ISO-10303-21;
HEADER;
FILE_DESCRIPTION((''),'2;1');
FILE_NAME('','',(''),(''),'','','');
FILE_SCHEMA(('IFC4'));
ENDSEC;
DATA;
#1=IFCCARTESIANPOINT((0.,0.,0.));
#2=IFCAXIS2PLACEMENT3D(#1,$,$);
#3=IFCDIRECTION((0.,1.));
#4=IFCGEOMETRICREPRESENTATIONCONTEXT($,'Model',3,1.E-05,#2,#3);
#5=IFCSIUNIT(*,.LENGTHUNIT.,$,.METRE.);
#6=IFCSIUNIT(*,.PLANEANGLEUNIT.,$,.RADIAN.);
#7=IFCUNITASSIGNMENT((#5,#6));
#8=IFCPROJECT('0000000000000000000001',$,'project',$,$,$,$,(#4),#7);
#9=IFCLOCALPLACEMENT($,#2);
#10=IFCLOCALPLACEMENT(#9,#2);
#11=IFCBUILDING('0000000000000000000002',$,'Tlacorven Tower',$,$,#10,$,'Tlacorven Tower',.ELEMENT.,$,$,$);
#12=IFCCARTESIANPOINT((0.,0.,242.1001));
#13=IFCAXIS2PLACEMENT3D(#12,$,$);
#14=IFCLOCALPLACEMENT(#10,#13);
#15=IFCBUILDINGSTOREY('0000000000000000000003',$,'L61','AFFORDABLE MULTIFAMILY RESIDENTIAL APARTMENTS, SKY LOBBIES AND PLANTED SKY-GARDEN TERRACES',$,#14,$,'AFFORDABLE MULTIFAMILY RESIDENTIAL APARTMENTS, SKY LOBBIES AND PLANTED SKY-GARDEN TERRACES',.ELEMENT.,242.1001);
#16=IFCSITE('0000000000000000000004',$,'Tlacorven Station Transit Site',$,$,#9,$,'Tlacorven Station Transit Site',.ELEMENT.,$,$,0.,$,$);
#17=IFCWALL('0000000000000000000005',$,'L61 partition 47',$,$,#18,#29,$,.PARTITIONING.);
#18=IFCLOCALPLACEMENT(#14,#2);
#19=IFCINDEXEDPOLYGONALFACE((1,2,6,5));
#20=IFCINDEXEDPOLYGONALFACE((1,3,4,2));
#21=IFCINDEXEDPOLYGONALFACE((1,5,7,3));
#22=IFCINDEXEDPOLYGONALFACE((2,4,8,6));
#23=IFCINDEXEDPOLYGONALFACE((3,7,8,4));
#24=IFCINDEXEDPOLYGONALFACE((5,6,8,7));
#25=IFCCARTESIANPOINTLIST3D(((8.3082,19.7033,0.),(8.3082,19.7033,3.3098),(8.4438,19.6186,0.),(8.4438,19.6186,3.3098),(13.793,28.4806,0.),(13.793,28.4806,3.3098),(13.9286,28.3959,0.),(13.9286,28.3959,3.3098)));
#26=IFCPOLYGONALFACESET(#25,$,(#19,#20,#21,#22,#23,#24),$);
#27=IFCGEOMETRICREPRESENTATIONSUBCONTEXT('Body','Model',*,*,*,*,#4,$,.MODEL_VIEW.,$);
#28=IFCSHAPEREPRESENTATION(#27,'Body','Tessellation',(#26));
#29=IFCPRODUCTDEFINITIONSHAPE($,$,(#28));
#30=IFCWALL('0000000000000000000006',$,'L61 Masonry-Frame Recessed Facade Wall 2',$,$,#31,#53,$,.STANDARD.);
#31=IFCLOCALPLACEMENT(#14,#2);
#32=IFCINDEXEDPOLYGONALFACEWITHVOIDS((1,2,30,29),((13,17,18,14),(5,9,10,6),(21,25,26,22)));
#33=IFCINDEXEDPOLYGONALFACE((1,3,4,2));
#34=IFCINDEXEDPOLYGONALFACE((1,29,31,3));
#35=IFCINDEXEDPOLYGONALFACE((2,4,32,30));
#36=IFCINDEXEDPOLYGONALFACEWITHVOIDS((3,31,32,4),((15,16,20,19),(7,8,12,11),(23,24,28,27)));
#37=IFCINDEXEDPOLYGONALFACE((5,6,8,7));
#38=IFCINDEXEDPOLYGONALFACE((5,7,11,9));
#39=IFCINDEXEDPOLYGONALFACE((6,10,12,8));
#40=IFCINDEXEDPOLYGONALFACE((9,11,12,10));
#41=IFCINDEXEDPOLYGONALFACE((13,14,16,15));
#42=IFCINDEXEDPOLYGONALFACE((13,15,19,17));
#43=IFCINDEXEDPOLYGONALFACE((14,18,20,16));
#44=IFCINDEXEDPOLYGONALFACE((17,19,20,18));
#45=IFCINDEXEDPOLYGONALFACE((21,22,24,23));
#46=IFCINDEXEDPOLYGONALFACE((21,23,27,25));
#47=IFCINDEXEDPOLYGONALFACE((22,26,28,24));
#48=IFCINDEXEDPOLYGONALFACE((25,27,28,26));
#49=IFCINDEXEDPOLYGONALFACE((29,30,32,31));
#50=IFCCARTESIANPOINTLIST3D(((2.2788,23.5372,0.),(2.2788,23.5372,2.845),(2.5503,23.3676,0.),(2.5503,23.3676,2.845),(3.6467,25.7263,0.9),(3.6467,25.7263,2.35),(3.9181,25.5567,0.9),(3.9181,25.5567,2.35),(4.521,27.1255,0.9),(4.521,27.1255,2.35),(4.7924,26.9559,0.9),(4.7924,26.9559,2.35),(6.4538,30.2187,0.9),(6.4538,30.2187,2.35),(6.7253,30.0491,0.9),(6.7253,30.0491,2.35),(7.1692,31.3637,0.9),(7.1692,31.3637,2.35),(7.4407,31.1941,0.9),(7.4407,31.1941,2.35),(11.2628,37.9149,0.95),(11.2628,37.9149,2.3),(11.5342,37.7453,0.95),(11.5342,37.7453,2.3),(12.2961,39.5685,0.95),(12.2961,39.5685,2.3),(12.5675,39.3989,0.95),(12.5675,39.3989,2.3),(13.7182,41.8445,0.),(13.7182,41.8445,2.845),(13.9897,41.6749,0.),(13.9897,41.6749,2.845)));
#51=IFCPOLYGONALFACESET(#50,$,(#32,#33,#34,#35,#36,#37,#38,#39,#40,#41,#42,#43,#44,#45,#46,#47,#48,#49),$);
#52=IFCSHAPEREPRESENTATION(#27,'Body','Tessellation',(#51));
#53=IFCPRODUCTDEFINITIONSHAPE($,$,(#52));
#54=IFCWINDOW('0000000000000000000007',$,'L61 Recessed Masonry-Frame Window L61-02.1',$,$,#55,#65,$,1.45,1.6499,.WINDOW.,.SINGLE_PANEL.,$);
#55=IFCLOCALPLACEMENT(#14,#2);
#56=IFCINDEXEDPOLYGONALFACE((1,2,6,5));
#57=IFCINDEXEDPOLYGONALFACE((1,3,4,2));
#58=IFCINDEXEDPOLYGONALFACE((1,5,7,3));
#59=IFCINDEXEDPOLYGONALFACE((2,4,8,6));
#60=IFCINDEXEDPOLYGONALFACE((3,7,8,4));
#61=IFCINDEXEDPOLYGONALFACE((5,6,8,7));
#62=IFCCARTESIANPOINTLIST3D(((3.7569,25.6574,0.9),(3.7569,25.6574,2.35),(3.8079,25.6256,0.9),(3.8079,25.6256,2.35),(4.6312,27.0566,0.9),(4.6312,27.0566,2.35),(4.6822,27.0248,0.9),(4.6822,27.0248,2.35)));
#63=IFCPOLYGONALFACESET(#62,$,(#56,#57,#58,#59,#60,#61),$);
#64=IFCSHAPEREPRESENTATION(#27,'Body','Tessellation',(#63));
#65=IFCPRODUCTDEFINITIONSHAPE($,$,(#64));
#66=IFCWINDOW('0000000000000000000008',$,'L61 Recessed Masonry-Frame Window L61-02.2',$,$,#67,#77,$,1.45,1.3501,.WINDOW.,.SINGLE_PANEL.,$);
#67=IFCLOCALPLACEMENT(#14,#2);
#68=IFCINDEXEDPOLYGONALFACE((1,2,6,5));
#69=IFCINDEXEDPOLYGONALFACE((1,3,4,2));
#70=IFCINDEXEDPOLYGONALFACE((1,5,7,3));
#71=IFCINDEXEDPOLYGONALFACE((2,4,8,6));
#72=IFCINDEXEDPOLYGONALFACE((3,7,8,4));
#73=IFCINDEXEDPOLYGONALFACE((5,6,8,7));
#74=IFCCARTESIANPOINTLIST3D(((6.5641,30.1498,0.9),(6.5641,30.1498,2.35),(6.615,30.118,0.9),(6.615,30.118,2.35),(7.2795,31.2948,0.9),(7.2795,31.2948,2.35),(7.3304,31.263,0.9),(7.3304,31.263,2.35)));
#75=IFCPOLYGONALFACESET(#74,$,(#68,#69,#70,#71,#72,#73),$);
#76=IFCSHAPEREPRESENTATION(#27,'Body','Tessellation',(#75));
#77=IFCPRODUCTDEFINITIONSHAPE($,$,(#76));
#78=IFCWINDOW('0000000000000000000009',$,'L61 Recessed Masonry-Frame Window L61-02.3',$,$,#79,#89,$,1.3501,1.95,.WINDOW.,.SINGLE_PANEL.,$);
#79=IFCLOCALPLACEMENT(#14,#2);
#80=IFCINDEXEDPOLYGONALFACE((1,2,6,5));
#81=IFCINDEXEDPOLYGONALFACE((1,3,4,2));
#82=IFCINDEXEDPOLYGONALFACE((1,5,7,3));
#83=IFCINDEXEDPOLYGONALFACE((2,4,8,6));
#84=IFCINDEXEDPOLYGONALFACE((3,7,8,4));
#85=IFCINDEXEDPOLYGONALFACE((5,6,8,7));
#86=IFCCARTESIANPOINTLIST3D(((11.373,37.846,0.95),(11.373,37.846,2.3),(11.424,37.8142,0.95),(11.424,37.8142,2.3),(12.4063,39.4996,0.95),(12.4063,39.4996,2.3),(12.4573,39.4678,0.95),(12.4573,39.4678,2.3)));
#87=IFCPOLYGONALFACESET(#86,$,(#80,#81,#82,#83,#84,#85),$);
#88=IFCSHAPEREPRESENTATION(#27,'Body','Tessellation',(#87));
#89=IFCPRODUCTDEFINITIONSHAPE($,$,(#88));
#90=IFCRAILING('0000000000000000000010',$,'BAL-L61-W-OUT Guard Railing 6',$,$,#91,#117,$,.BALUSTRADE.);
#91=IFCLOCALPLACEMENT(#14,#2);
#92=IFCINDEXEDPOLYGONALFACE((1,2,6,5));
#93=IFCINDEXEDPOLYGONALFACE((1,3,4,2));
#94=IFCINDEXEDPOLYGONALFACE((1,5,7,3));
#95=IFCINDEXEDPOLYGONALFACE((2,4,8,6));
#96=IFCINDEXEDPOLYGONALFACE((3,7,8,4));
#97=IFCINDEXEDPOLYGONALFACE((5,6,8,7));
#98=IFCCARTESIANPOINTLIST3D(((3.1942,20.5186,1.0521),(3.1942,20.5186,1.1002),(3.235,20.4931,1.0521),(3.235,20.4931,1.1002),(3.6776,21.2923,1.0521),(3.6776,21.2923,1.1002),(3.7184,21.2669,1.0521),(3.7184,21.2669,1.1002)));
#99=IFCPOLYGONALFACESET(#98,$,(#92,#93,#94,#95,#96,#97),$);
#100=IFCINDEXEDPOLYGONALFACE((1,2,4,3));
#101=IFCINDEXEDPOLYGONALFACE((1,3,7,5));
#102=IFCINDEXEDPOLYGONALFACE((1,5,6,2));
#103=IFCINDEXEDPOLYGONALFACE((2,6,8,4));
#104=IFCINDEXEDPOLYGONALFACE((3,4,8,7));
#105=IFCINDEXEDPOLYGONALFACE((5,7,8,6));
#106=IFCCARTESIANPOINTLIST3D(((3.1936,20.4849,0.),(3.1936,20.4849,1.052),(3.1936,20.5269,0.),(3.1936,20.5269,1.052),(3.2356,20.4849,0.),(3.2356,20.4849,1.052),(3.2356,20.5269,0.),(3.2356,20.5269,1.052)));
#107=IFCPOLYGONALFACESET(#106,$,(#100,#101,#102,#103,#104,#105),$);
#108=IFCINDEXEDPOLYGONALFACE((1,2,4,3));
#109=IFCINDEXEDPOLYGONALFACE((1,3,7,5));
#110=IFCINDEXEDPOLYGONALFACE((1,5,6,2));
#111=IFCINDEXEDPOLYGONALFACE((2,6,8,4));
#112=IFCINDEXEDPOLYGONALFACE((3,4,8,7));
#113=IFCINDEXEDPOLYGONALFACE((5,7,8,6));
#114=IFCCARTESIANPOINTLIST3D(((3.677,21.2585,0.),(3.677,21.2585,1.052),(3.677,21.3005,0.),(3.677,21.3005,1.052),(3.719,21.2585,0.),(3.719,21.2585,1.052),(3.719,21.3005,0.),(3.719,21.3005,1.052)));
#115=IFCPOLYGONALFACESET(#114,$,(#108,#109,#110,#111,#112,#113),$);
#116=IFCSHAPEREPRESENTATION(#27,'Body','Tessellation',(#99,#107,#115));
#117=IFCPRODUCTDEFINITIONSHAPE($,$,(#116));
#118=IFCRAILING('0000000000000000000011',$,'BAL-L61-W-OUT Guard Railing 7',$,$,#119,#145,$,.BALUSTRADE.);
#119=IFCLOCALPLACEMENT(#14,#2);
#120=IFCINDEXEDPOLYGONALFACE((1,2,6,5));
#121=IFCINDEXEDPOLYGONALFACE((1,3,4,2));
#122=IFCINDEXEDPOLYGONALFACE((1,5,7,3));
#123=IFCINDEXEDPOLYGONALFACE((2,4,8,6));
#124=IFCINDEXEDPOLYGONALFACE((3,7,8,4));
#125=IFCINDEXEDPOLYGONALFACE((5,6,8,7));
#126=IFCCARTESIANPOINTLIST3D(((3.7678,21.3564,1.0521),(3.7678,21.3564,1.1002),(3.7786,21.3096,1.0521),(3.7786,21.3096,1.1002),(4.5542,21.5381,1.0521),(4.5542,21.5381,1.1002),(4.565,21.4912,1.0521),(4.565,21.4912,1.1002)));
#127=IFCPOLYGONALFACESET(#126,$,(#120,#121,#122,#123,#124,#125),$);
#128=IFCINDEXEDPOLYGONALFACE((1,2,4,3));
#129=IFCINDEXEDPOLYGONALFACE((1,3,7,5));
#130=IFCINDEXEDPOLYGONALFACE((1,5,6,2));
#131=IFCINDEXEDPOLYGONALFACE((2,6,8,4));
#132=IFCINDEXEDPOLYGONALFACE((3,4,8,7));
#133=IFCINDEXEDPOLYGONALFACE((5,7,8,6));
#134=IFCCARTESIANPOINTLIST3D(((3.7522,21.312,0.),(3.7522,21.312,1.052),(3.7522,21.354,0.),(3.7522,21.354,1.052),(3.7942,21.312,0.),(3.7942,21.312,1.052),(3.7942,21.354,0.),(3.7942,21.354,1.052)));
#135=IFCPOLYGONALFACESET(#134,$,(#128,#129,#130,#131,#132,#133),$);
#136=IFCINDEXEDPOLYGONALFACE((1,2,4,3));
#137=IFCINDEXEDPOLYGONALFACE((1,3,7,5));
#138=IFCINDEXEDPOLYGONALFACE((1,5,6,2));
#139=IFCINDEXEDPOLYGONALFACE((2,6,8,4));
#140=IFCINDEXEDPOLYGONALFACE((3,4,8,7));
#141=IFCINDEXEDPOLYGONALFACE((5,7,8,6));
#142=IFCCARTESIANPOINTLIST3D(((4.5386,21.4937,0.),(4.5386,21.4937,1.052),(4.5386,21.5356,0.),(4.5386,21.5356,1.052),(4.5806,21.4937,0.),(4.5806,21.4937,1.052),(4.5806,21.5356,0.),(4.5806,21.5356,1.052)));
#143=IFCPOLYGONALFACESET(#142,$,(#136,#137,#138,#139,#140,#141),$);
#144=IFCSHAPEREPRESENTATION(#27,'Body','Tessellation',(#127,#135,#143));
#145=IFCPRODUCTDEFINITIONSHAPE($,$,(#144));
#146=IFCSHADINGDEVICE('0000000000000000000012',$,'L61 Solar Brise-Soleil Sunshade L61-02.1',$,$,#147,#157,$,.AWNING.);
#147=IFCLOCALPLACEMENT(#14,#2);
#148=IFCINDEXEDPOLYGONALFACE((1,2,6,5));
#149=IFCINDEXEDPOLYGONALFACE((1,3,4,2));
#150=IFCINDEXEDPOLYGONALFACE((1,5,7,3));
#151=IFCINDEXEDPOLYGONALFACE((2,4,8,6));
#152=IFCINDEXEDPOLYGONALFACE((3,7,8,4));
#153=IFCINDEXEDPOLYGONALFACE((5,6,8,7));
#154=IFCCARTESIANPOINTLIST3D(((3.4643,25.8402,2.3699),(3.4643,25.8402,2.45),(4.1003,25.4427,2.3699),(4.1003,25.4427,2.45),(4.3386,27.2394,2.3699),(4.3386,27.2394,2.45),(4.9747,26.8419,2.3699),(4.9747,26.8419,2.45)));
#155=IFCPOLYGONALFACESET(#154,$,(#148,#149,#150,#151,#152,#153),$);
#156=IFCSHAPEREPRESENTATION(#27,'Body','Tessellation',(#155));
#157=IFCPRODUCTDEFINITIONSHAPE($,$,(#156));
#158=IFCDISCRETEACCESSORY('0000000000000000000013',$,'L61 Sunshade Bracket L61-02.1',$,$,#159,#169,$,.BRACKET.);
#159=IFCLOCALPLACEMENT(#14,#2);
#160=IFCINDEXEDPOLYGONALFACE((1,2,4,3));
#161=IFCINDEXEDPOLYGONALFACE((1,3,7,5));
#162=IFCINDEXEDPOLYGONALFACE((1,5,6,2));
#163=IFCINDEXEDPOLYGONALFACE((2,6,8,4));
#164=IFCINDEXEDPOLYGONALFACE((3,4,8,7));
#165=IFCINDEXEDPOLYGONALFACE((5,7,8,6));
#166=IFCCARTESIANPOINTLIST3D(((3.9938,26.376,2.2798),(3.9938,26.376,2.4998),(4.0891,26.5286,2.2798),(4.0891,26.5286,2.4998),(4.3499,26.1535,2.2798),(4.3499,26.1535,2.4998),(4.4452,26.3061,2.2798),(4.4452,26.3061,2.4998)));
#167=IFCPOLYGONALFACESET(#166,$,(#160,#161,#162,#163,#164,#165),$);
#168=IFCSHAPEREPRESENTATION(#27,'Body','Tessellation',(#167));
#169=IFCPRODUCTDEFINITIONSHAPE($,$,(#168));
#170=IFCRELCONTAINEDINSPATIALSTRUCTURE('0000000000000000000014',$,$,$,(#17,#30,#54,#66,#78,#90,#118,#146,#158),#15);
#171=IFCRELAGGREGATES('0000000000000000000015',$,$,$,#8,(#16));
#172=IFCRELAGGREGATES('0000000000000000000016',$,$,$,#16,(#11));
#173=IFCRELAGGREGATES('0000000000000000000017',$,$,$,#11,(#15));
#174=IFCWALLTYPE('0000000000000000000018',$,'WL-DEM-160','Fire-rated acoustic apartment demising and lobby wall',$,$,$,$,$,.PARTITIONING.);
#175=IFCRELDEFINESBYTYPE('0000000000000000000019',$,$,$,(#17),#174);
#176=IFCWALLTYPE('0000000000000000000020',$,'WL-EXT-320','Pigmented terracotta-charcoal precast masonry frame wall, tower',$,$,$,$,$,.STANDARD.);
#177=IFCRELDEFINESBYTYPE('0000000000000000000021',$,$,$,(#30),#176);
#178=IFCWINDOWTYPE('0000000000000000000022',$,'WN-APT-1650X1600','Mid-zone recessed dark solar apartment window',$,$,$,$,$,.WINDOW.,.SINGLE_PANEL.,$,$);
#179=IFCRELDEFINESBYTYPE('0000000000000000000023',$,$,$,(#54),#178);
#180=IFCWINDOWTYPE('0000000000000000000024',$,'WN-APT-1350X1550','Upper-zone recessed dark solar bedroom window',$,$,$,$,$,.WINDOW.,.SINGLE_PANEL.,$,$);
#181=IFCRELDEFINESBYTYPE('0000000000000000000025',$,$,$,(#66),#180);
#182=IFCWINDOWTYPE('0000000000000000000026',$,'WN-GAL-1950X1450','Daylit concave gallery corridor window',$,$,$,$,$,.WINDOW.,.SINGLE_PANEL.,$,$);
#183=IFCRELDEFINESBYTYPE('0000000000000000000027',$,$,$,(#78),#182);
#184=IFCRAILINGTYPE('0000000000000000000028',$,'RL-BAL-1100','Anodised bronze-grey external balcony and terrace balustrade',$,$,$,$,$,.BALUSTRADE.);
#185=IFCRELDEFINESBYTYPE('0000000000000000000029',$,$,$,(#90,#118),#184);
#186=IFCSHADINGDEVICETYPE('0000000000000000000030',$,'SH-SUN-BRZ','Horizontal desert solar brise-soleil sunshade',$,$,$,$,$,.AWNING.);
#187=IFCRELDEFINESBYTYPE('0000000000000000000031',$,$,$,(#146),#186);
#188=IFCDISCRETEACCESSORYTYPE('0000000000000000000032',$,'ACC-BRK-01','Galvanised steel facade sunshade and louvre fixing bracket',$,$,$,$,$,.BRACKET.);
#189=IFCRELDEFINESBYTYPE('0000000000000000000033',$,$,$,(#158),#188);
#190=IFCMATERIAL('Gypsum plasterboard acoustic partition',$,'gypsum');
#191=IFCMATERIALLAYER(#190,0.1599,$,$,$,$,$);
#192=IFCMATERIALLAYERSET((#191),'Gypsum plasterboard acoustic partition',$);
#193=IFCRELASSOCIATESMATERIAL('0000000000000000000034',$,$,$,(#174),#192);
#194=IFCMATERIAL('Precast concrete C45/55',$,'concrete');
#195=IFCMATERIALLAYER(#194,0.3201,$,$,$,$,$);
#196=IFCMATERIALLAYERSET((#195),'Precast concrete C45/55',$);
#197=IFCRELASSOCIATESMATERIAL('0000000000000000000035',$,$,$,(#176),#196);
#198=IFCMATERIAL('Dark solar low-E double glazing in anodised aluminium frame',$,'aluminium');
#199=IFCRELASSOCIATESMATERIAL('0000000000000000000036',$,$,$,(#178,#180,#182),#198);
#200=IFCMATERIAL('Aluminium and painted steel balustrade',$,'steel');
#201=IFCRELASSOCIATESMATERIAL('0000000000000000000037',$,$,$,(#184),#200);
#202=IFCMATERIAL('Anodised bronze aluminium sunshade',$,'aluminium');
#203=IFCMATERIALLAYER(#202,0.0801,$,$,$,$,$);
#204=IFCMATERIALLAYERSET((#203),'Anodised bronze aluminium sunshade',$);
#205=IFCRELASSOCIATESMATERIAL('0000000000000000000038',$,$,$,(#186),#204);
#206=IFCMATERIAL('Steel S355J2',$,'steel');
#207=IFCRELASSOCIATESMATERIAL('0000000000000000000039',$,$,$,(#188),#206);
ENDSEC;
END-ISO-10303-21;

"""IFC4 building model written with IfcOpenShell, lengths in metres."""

from ifc_helpers import new_model, si_unit, direction, frame, frame_2d, origin, origin_2d, place, context, subcontext, project, spatial, rectangle, extrude, source, transform, mapped, material, layer, layer_set, type_object, element, fill, save


model = new_model("IFC4")

# Units and contexts
model_context = context("Model", 3, precision=1e-05, world=origin(), true_north=direction((0.0, 1.0)))
body_context = subcontext(model_context, "Body", "Model", "MODEL_VIEW")
ifc_project = project(units=[si_unit("LENGTHUNIT", "METRE"), si_unit("PLANEANGLEUNIT", "RADIAN")], contexts=[model_context])

# Site, building, storey
site_placement = place(None, origin())
site = spatial("IfcSite", under=ifc_project, at=site_placement, Name="Tlacorven Station Transit Site", LongName="Tlacorven Station Transit Site", CompositionType="ELEMENT", RefElevation=0.0)
building_placement = place(site_placement, origin())
building = spatial("IfcBuilding", under=site, at=building_placement, Name="Tlacorven Tower", LongName="Tlacorven Tower", CompositionType="ELEMENT")
storey_placement = place(building_placement, frame((0.0, 0.0, 242.1001)))
storey = spatial("IfcBuildingStorey", under=building, at=storey_placement, Name="L61", Description="AFFORDABLE MULTIFAMILY RESIDENTIAL APARTMENTS, SKY LOBBIES AND PLANTED SKY-GARDEN TERRACES", LongName="AFFORDABLE MULTIFAMILY RESIDENTIAL APARTMENTS, SKY LOBBIES AND PLANTED SKY-GARDEN TERRACES", CompositionType="ELEMENT", Elevation=242.1001)

# Shared definitions
ifc_material_1 = material(Name="Steel S355J2", Category="steel")

# Wall
ifc_material_2 = material(Name="Gypsum plasterboard acoustic partition", Category="gypsum")
ifc_layer_1 = layer(ifc_material_2, 0.1599)
ifc_layer_set_1 = layer_set([ifc_layer_1], Name="Gypsum plasterboard acoustic partition")
wall_type_1 = type_object("IfcWallType", Name="WL-DEM-160", Description="Fire-rated acoustic apartment demising and lobby wall", PredefinedType="PARTITIONING", material=ifc_layer_set_1)
wall_1_placement = place(storey_placement, frame((13.8608, 28.4382, 0.0), z_axis=(0.0, 0.0, 1.0), x_axis=(-0.529931, -0.848041, 0.0)))
element("IfcWall", 1, at=wall_1_placement, inside=storey, type_object=wall_type_1, Name="L61 partition 47", PredefinedType="PARTITIONING", context=body_context, shape_type="SweptSolid", body=[
    extrude(rectangle(XDim=10.3501, YDim=0.1599, at=frame_2d((5.175, 0.0))), origin(), (0.0, 0.0, 1.0), 3.3098),
])

# Wall, openings, windows
ifc_material_3 = material(Name="Precast concrete C45/55", Category="concrete")
ifc_layer_2 = layer(ifc_material_3, 0.3201)
ifc_layer_set_2 = layer_set([ifc_layer_2], Name="Precast concrete C45/55")
wall_type_2 = type_object("IfcWallType", Name="WL-EXT-320", Description="Pigmented terracotta-charcoal precast masonry frame wall, tower", PredefinedType="STANDARD", material=ifc_layer_set_2)
wall_2_placement = place(storey_placement, frame((2.4146, 23.4524, 0.0), z_axis=(0.0, 0.0, 1.0), x_axis=(0.52991, 0.848054, 0.0)))
wall_2 = element("IfcWall", 2, at=wall_2_placement, inside=storey, type_object=wall_type_2, Name="L61 Masonry-Frame Recessed Facade Wall 2", PredefinedType="STANDARD", context=body_context, shape_type="SweptSolid", body=[
    extrude(rectangle(XDim=21.5874, YDim=0.3201, at=frame_2d((10.7937, 0.0))), origin(), (0.0, 0.0, 1.0), 2.845),
])
opening_1_placement = place(wall_2_placement, frame((2.5813, 0.0, 0.8999)))
opening_1 = element("IfcOpeningElement", 3, at=opening_1_placement, cuts=wall_2, PredefinedType="OPENING", context=body_context, shape_type="SweptSolid", body=[
    extrude(rectangle(XDim=1.6499, YDim=1.45, at=frame_2d((0.825, 0.7251))), frame((0.0, 0.1699, 0.0), z_axis=(0.0, -1.0, 0.0), x_axis=(1.0, 0.0, 0.0)), (0.0, 0.0, 1.0), 0.3401),
])
opening_2_placement = place(wall_2_placement, frame((7.8787, 0.0, 0.8999)))
opening_2 = element("IfcOpeningElement", 4, at=opening_2_placement, cuts=wall_2, PredefinedType="OPENING", context=body_context, shape_type="SweptSolid", body=[
    extrude(rectangle(XDim=1.3501, YDim=1.45, at=frame_2d((0.675, 0.7251))), frame((0.0, 0.1699, 0.0), z_axis=(0.0, -1.0, 0.0), x_axis=(1.0, 0.0, 0.0)), (0.0, 0.0, 1.0), 0.3401),
])
opening_3_placement = place(wall_2_placement, frame((16.9536, 0.0, 0.95)))
opening_3 = element("IfcOpeningElement", 5, at=opening_3_placement, cuts=wall_2, PredefinedType="OPENING", context=body_context, shape_type="SweptSolid", body=[
    extrude(rectangle(XDim=1.95, YDim=1.3501, at=frame_2d((0.9751, 0.675))), frame((0.0, 0.1699, 0.0), z_axis=(0.0, -1.0, 0.0), x_axis=(1.0, 0.0, 0.0)), (0.0, 0.0, 1.0), 0.3401),
])
ifc_material_4 = material(Name="Dark solar low-E double glazing in anodised aluminium frame", Category="aluminium")
window_type_1 = type_object("IfcWindowType", Name="WN-APT-1650X1600", Description="Mid-zone recessed dark solar apartment window", PartitioningType="SINGLE_PANEL", PredefinedType="WINDOW", material=ifc_material_4)
shared_shape_1 = source(origin(), body_context, "Body", "SweptSolid", [
    extrude(rectangle(XDim=1.6499, YDim=1.45, at=frame_2d((0.825, 0.7251))), frame((0.0, 0.03, 0.0), z_axis=(0.0, -1.0, 0.0), x_axis=(1.0, 0.0, 0.0)), (0.0, 0.0, 1.0), 0.0601),
])
window_1_placement = place(opening_1_placement, origin())
window_1 = element("IfcWindow", 6, at=window_1_placement, inside=storey, type_object=window_type_1, Name="L61 Recessed Masonry-Frame Window L61-02.1", OverallHeight=1.45, OverallWidth=1.6499, PartitioningType="SINGLE_PANEL", PredefinedType="WINDOW", context=body_context, shape_type="MappedRepresentation", body=[
    mapped(shared_shape_1, transform((0.0, 0.0, 0.0), scale=1.0)),
])
fill(opening_1, window_1)
window_type_2 = type_object("IfcWindowType", Name="WN-APT-1350X1550", Description="Upper-zone recessed dark solar bedroom window", PartitioningType="SINGLE_PANEL", PredefinedType="WINDOW", material=ifc_material_4)
shared_shape_2 = source(origin(), body_context, "Body", "SweptSolid", [
    extrude(rectangle(XDim=1.3501, YDim=1.45, at=frame_2d((0.675, 0.7251))), frame((0.0, 0.03, 0.0), z_axis=(0.0, -1.0, 0.0), x_axis=(1.0, 0.0, 0.0)), (0.0, 0.0, 1.0), 0.0601),
])
window_2_placement = place(opening_2_placement, origin())
window_2 = element("IfcWindow", 7, at=window_2_placement, inside=storey, type_object=window_type_2, Name="L61 Recessed Masonry-Frame Window L61-02.2", OverallHeight=1.45, OverallWidth=1.3501, PartitioningType="SINGLE_PANEL", PredefinedType="WINDOW", context=body_context, shape_type="MappedRepresentation", body=[
    mapped(shared_shape_2, transform((0.0, 0.0, 0.0), scale=1.0)),
])
fill(opening_2, window_2)
window_type_3 = type_object("IfcWindowType", Name="WN-GAL-1950X1450", Description="Daylit concave gallery corridor window", PartitioningType="SINGLE_PANEL", PredefinedType="WINDOW", material=ifc_material_4)
shared_shape_3 = source(origin(), body_context, "Body", "SweptSolid", [
    extrude(rectangle(XDim=1.95, YDim=1.3501, at=frame_2d((0.9751, 0.675))), frame((0.0, 0.03, 0.0), z_axis=(0.0, -1.0, 0.0), x_axis=(1.0, 0.0, 0.0)), (0.0, 0.0, 1.0), 0.0601),
])
window_3_placement = place(opening_3_placement, origin())
window_3 = element("IfcWindow", 8, at=window_3_placement, inside=storey, type_object=window_type_3, Name="L61 Recessed Masonry-Frame Window L61-02.3", OverallHeight=1.3501, OverallWidth=1.95, PartitioningType="SINGLE_PANEL", PredefinedType="WINDOW", context=body_context, shape_type="MappedRepresentation", body=[
    mapped(shared_shape_3, transform((0.0, 0.0, 0.0), scale=1.0)),
])
fill(opening_3, window_3)

# Railings
ifc_material_5 = material(Name="Aluminium and painted steel balustrade", Category="steel")
railing_type = type_object("IfcRailingType", Name="RL-BAL-1100", Description="Anodised bronze-grey external balcony and terrace balustrade", PredefinedType="BALUSTRADE", material=ifc_material_5)
shared_shape_4 = source(origin(), body_context, "Body", "SweptSolid", [
    extrude(rectangle(XDim=0.0481, YDim=0.0481, at=origin_2d()), frame((0.0, 0.0, 1.0762), z_axis=(0.529879, 0.848073, 0.0), x_axis=(-0.848073, 0.529879, 0.0)), (0.0, 0.0, 1.0), 0.9124),
    extrude(rectangle(XDim=0.042, YDim=0.042, at=origin_2d()), origin(), (0.0, 0.0, 1.0), 1.052),
    extrude(rectangle(XDim=0.042, YDim=0.042, at=origin_2d()), frame((0.4834, 0.7737, 0.0)), (0.0, 0.0, 1.0), 1.052),
])
railing_1_placement = place(storey_placement, frame((3.2146, 20.5059, 0.0)))
element("IfcRailing", 9, at=railing_1_placement, inside=storey, type_object=railing_type, Name="BAL-L61-W-OUT Guard Railing 6", PredefinedType="BALUSTRADE", context=body_context, shape_type="MappedRepresentation", body=[
    mapped(shared_shape_4, transform((0.0, 0.0, 0.0), scale=1.0)),
])
shared_shape_5 = source(origin(), body_context, "Body", "SweptSolid", [
    extrude(rectangle(XDim=0.0481, YDim=0.0481, at=origin_2d()), frame((0.0, 0.0, 1.0762), z_axis=(0.974345, 0.225058, 0.0), x_axis=(-0.225058, 0.974345, 0.0)), (0.0, 0.0, 1.0), 0.8071),
    extrude(rectangle(XDim=0.042, YDim=0.042, at=origin_2d()), origin(), (0.0, 0.0, 1.0), 1.052),
    extrude(rectangle(XDim=0.042, YDim=0.042, at=origin_2d()), frame((0.7864, 0.1816, 0.0)), (0.0, 0.0, 1.0), 1.052),
])
railing_2_placement = place(storey_placement, frame((3.7732, 21.333, 0.0)))
element("IfcRailing", 10, at=railing_2_placement, inside=storey, type_object=railing_type, Name="BAL-L61-W-OUT Guard Railing 7", PredefinedType="BALUSTRADE", context=body_context, shape_type="MappedRepresentation", body=[
    mapped(shared_shape_5, transform((0.0, 0.0, 0.0), scale=1.0)),
])

# Shading device
ifc_material_6 = material(Name="Anodised bronze aluminium sunshade", Category="aluminium")
ifc_layer_3 = layer(ifc_material_6, 0.0801)
ifc_layer_set_3 = layer_set([ifc_layer_3], Name="Anodised bronze aluminium sunshade")
shading_device_type = type_object("IfcShadingDeviceType", Name="SH-SUN-BRZ", Description="Horizontal desert solar brise-soleil sunshade", PredefinedType="AWNING", material=ifc_layer_set_3)
shared_shape_6 = source(origin(), body_context, "Body", "SweptSolid", [
    extrude(rectangle(XDim=1.6499, YDim=0.75, at=origin_2d()), origin(), (0.0, 0.0, 1.0), 0.0801),
])
shading_device_placement = place(storey_placement, frame((4.2195, 26.3411, 2.3699), z_axis=(0.0, 0.0, 1.0), x_axis=(0.529919, 0.848048, 0.0)))
element("IfcShadingDevice", 11, at=shading_device_placement, inside=storey, type_object=shading_device_type, Name="L61 Solar Brise-Soleil Sunshade L61-02.1", PredefinedType="AWNING", context=body_context, shape_type="MappedRepresentation", body=[
    mapped(shared_shape_6, transform((0.0, 0.0, 0.0), scale=1.0)),
])

# Discrete accessory
discrete_accessory_type = type_object("IfcDiscreteAccessoryType", Name="ACC-BRK-01", Description="Galvanised steel facade sunshade and louvre fixing bracket", PredefinedType="BRACKET", material=ifc_material_1)
shared_shape_7 = source(origin(), body_context, "Body", "SweptSolid", [
    extrude(rectangle(XDim=0.1799, YDim=0.4199, at=origin_2d()), origin(), (0.0, 0.0, 1.0), 0.22),
])
discrete_accessory_placement = place(storey_placement, frame((4.2195, 26.3411, 2.2798), z_axis=(0.0, 0.0, 1.0), x_axis=(0.529919, 0.848048, 0.0)))
element("IfcDiscreteAccessory", 12, at=discrete_accessory_placement, inside=storey, type_object=discrete_accessory_type, Name="L61 Sunshade Bracket L61-02.1", PredefinedType="BRACKET", context=body_context, shape_type="MappedRepresentation", body=[
    mapped(shared_shape_7, transform((0.0, 0.0, 0.0), scale=1.0)),
])

save(model, "model.ifc")
